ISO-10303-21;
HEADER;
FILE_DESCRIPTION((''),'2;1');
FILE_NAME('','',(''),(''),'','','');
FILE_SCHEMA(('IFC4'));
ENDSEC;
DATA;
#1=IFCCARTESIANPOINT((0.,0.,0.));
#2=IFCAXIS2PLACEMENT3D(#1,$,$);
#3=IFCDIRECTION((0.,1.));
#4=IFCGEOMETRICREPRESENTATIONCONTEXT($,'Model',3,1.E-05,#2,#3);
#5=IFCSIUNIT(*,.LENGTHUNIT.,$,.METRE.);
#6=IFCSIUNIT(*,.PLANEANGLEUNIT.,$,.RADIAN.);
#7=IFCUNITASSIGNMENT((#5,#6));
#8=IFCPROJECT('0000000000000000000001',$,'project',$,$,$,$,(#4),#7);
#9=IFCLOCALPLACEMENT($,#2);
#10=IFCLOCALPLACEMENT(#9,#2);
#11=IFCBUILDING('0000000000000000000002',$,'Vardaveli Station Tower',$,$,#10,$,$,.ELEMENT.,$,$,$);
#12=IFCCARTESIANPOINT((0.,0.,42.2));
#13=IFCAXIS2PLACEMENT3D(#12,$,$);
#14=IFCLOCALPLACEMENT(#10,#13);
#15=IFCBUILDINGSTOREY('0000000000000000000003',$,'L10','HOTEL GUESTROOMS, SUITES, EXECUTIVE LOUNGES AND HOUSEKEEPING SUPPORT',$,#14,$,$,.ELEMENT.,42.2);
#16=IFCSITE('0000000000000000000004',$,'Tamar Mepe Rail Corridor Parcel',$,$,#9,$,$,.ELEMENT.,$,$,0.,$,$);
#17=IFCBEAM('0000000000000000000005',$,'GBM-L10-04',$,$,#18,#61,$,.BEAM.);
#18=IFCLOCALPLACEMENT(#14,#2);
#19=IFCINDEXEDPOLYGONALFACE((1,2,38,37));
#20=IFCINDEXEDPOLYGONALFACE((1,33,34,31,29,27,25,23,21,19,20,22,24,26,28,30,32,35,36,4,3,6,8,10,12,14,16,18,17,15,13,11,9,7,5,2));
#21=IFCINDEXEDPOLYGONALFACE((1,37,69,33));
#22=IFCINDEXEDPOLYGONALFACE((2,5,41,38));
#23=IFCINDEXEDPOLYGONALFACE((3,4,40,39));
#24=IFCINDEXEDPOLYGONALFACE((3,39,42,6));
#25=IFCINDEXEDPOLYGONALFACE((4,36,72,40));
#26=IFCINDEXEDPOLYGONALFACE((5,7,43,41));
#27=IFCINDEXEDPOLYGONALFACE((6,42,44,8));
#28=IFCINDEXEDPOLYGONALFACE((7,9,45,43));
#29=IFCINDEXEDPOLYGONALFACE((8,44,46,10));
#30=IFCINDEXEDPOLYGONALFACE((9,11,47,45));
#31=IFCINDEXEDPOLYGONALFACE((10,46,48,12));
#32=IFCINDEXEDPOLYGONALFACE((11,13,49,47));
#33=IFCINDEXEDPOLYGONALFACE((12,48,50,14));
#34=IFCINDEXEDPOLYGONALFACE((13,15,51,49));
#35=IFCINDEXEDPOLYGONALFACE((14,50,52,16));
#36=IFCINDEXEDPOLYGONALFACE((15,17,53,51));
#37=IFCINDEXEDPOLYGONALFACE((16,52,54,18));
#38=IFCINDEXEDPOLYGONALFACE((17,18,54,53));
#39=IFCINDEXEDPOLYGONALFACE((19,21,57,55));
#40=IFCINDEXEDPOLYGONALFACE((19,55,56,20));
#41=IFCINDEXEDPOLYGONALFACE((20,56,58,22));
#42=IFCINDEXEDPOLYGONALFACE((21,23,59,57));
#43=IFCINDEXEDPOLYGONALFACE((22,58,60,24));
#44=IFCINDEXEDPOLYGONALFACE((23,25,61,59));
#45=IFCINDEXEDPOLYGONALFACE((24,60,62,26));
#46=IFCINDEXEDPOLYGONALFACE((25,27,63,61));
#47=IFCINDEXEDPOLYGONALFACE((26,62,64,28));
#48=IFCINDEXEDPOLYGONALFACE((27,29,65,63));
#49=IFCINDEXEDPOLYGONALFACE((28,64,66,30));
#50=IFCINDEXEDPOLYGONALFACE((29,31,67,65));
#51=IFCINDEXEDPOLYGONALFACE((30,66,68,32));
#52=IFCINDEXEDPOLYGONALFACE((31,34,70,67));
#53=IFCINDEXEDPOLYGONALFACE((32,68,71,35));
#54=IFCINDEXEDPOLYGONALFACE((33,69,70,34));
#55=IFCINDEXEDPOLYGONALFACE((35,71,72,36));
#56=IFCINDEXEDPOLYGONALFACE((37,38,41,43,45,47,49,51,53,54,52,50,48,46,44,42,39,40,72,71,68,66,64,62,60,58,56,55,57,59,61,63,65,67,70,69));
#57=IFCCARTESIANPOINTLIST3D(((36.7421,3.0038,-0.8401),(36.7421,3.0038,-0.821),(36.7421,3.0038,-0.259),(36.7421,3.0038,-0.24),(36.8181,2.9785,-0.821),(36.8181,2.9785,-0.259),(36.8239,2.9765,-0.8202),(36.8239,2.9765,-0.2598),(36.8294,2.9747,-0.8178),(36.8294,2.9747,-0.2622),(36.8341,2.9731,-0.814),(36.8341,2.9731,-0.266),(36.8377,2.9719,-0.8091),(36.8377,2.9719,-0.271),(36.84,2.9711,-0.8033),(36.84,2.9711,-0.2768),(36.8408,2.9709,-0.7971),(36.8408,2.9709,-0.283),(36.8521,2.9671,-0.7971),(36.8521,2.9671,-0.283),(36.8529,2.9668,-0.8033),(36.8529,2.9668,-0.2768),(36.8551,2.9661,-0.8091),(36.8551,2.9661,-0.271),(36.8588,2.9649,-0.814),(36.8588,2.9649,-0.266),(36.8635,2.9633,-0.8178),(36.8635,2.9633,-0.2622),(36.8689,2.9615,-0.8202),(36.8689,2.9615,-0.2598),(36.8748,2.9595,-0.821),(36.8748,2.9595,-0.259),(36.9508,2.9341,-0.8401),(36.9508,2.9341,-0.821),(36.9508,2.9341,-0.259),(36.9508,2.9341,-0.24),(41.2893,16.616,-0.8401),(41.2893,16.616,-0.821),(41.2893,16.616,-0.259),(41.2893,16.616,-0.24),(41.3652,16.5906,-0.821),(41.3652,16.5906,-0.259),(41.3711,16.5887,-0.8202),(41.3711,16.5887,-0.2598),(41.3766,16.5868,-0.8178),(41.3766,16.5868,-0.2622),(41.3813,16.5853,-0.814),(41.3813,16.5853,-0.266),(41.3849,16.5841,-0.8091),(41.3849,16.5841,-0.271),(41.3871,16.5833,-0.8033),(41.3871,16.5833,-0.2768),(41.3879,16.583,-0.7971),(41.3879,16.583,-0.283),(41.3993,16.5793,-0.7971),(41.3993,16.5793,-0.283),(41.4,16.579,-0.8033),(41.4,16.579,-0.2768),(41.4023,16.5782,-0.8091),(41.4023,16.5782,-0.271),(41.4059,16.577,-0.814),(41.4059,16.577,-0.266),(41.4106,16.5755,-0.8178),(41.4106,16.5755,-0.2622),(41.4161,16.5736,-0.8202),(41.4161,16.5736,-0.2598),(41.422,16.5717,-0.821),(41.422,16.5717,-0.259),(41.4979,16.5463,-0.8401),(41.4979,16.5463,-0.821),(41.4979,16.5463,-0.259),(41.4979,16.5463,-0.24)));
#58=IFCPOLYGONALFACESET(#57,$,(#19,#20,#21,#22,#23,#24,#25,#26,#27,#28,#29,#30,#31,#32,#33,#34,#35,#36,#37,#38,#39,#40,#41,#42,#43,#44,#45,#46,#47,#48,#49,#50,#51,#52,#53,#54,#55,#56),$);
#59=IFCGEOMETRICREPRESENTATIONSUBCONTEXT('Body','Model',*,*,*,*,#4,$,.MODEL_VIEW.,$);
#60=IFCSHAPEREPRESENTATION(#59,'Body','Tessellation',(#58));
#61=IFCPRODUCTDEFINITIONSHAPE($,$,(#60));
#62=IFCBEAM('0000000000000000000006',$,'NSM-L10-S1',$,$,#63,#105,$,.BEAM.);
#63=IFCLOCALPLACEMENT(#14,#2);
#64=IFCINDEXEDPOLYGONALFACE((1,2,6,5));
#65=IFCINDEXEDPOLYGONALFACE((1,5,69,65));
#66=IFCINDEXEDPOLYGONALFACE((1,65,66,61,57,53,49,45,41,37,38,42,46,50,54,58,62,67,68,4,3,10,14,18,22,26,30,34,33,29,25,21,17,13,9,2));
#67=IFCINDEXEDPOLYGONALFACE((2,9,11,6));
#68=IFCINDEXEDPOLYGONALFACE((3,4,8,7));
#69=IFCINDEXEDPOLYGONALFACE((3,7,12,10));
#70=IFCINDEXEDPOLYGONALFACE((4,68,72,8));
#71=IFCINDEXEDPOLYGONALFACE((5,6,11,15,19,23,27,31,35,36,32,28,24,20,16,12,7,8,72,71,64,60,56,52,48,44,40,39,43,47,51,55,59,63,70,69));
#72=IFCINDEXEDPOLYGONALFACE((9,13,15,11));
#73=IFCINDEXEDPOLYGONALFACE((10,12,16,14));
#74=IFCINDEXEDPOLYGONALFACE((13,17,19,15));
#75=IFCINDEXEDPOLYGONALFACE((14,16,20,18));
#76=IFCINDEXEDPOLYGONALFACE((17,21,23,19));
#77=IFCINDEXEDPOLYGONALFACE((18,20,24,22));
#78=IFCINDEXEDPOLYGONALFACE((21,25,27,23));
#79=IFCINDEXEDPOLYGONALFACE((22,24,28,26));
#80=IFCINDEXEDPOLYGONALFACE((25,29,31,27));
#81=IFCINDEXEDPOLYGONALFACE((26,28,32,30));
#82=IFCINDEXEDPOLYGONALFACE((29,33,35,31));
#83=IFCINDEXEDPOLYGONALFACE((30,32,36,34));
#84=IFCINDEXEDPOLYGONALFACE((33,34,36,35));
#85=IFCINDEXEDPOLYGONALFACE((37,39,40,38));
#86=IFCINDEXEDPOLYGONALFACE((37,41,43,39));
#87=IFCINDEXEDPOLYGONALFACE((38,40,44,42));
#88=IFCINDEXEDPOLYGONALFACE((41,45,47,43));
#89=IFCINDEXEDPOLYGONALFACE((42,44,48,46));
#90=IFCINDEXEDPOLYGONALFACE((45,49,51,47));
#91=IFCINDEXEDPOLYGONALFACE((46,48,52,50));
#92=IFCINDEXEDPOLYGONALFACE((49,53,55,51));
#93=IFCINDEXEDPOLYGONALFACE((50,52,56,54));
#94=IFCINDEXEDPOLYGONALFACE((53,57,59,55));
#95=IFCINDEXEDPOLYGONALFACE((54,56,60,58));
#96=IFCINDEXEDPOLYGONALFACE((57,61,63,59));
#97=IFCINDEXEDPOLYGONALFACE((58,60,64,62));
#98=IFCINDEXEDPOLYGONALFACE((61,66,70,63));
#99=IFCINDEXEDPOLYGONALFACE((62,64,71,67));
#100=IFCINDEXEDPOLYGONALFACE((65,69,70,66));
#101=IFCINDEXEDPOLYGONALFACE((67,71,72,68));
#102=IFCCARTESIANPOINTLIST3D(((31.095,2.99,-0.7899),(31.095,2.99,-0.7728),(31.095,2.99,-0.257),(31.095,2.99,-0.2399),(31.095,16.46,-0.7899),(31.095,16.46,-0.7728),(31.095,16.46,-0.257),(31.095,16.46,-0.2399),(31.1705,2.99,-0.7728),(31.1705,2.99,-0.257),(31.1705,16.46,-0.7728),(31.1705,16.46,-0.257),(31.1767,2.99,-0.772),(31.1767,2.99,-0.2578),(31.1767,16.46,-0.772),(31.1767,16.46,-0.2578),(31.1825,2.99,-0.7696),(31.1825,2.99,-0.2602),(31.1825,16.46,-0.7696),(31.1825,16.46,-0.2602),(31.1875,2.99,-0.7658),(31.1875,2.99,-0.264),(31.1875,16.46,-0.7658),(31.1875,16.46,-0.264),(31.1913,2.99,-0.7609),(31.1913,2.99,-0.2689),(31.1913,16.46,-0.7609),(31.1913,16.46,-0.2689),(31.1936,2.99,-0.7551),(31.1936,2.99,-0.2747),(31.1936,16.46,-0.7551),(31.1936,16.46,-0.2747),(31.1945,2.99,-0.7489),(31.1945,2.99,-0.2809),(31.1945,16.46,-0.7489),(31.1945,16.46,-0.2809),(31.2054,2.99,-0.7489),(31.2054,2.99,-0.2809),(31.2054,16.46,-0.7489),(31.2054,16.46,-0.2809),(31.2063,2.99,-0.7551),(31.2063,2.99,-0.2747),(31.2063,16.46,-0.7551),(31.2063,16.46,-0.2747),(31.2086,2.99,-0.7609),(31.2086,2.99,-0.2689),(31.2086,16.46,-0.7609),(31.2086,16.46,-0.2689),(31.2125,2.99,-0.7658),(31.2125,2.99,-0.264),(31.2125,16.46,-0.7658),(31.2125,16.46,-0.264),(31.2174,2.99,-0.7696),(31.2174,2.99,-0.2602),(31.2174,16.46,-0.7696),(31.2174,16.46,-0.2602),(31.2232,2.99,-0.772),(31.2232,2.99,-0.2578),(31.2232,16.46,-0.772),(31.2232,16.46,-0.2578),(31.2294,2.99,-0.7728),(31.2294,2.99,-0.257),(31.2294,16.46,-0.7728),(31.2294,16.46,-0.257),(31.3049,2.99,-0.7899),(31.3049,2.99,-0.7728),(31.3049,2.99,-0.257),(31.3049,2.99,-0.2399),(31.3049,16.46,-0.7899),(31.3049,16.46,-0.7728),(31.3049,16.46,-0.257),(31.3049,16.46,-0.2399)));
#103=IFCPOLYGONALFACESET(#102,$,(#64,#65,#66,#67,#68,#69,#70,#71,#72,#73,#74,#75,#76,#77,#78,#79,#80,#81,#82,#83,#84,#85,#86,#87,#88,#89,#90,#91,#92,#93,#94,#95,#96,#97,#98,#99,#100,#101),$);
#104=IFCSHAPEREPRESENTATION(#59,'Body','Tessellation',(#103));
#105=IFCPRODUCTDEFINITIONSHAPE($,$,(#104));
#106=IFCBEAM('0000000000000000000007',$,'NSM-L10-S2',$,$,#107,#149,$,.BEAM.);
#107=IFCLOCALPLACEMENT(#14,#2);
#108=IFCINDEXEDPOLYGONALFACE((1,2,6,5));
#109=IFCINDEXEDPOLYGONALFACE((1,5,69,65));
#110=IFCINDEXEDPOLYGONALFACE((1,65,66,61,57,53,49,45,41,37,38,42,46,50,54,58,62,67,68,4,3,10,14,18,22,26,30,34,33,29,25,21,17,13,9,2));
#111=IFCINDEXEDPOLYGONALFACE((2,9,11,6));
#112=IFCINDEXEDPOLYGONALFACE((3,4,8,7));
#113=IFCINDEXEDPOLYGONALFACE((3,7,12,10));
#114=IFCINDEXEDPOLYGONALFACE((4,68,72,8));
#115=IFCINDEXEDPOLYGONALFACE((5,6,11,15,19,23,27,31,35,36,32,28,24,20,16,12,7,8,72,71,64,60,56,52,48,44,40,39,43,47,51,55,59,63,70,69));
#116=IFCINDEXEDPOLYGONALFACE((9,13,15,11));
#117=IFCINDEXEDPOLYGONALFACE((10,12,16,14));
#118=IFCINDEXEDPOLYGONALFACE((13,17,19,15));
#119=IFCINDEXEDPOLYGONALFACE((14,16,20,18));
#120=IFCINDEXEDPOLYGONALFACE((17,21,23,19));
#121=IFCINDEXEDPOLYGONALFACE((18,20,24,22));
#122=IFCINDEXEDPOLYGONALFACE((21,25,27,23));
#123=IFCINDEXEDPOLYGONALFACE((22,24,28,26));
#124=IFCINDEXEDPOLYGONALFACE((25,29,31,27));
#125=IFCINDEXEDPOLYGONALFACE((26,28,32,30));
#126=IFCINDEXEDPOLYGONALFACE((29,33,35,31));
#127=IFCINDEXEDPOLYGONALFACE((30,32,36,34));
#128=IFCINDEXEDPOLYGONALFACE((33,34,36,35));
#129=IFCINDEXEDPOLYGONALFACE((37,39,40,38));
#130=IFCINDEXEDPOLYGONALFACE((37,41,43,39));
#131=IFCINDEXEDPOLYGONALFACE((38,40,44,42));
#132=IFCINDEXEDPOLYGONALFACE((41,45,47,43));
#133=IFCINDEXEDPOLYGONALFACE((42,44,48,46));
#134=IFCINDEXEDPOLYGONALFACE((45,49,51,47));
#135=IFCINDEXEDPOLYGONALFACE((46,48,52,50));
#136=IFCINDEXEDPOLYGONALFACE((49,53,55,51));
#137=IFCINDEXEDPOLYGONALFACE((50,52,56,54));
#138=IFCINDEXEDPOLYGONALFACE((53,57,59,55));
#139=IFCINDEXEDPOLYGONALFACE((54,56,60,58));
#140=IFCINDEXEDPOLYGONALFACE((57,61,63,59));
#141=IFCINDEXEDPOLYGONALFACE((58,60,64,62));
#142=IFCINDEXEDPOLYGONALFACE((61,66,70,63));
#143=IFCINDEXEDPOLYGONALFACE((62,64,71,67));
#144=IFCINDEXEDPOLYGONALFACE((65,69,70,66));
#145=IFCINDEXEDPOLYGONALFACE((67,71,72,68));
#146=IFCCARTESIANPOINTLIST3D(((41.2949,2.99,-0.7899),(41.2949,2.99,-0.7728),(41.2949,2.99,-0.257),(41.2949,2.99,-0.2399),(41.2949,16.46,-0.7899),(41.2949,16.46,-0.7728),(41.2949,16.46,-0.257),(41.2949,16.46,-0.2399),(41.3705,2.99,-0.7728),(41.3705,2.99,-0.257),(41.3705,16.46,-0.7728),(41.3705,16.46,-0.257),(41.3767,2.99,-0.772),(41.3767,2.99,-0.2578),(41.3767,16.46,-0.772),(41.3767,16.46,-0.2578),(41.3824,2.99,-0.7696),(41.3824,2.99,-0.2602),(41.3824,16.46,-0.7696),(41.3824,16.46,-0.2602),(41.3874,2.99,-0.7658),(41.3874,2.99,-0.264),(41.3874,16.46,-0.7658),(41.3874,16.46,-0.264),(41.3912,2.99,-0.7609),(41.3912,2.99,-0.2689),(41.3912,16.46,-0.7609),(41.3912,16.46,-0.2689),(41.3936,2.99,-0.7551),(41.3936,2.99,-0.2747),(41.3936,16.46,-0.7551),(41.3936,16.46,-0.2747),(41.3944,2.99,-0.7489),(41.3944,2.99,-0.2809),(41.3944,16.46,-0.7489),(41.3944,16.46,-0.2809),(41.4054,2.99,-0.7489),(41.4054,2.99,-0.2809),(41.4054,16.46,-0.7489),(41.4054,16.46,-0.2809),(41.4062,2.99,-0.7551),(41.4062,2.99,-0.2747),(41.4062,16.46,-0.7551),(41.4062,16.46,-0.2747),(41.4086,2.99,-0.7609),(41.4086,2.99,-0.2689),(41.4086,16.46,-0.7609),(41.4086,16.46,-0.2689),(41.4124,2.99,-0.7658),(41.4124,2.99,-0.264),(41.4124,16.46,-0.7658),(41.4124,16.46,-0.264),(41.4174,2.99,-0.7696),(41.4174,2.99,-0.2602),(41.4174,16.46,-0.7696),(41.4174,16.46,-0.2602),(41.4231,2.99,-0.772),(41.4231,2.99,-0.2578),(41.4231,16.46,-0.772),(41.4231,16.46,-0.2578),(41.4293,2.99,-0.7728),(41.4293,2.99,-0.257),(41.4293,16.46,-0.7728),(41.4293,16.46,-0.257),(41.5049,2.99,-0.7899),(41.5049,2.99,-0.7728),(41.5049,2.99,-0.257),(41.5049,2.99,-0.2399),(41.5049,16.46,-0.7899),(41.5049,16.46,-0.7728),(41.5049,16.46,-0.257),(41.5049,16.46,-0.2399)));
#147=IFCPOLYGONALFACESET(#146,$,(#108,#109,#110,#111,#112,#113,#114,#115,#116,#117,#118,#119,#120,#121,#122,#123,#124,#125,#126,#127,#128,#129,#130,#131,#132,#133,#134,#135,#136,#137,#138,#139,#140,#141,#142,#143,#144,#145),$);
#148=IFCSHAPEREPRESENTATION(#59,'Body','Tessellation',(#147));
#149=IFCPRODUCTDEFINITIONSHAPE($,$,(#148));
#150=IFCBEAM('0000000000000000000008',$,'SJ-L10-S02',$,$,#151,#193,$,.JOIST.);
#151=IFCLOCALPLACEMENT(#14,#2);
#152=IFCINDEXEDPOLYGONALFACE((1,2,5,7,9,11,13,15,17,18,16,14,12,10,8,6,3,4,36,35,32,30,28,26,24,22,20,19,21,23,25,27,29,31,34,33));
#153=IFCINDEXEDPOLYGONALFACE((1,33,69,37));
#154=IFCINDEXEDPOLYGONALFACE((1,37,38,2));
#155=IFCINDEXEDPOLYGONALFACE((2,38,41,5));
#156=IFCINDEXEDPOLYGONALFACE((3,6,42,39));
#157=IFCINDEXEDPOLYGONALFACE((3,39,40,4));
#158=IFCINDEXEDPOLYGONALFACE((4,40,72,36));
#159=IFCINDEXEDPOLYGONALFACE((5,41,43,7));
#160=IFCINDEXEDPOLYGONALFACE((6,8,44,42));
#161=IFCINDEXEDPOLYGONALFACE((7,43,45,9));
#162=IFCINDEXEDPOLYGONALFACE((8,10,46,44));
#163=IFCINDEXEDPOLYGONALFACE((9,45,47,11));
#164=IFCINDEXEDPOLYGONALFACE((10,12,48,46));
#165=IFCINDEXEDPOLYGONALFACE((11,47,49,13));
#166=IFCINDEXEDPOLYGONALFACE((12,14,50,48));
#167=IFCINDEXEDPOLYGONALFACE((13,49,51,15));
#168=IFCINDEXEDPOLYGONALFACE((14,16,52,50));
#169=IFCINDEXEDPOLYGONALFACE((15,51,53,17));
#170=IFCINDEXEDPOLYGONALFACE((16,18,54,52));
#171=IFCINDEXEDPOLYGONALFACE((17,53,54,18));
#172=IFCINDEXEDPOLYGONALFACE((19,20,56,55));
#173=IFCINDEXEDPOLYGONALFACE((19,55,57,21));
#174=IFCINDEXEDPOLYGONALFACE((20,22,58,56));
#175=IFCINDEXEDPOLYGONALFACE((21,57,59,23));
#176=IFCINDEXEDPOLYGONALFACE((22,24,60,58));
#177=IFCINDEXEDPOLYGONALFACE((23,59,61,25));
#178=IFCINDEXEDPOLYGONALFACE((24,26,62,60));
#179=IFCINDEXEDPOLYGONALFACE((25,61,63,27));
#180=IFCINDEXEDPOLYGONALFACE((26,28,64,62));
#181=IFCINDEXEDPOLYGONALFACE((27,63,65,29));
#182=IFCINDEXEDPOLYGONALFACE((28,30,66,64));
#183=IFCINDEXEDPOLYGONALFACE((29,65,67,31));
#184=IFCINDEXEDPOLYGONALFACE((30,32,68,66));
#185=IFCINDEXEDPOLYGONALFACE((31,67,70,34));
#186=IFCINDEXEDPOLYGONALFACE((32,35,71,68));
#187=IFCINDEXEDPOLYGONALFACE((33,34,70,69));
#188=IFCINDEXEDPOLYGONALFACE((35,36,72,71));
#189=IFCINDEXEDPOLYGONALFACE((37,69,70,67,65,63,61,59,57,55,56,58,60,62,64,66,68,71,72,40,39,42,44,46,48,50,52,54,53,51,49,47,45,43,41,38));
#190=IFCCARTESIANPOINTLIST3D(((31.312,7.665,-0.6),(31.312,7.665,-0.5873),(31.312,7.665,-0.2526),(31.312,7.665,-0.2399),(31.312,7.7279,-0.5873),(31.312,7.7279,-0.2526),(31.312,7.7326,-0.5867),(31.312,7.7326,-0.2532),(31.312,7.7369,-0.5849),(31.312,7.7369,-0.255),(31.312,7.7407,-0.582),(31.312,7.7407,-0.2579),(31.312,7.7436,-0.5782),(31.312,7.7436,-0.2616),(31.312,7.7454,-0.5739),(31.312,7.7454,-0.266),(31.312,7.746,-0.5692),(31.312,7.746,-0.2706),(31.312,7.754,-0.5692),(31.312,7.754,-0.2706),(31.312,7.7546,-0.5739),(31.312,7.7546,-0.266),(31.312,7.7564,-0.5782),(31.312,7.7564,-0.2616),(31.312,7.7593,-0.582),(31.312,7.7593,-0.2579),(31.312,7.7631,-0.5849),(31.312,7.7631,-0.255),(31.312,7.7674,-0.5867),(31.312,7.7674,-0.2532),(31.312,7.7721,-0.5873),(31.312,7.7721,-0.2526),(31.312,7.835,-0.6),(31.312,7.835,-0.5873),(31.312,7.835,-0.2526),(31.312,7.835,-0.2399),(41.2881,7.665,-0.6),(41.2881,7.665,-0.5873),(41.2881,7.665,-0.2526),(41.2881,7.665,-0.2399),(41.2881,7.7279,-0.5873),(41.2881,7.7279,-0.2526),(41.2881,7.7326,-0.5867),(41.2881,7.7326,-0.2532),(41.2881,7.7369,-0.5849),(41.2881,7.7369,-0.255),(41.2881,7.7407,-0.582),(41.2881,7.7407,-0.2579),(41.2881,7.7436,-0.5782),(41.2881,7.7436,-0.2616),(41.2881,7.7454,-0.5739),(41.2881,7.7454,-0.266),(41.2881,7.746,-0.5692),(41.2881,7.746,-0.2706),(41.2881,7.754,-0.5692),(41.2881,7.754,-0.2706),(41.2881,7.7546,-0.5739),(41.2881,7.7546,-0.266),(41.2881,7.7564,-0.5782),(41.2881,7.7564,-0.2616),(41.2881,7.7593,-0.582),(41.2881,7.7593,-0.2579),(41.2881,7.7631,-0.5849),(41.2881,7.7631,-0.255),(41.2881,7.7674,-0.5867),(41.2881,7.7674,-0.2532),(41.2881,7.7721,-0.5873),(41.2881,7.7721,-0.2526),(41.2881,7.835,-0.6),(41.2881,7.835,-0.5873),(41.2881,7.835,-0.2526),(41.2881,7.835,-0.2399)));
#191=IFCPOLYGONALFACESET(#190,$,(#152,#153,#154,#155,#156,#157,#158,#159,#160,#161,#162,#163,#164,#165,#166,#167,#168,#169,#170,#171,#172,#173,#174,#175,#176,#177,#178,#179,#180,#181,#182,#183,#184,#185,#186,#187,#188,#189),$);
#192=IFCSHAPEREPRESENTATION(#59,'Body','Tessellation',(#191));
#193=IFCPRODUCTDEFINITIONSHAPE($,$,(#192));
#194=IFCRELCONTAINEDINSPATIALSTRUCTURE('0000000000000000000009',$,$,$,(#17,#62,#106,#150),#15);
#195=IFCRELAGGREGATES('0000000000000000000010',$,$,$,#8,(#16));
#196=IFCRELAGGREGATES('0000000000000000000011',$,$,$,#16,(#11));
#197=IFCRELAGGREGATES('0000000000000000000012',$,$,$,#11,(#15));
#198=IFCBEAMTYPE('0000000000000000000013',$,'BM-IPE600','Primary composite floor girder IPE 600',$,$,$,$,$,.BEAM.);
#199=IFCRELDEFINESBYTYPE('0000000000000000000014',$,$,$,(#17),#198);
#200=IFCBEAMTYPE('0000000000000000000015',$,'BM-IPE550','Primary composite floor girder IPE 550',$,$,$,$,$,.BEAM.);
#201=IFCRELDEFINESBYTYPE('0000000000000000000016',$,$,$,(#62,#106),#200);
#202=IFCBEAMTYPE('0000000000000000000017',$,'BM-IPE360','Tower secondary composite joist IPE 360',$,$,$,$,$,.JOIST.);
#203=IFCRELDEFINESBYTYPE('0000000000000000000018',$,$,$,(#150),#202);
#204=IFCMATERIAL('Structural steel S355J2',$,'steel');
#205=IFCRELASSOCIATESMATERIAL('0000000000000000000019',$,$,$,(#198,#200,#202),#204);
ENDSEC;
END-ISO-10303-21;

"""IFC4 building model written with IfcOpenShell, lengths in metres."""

from ifc_helpers import new_model, si_unit, direction, frame, origin, origin_2d, place, context, subcontext, project, spatial, i_section, extrude, source, transform, mapped, material, material_profile, profile_set, type_object, element, save


model = new_model("IFC4")

# Units and contexts
model_context = context("Model", 3, precision=1e-05, world=origin(), true_north=direction((0.0, 1.0)))
body_context = subcontext(model_context, "Body", "Model", "MODEL_VIEW")
ifc_project = project(units=[si_unit("LENGTHUNIT", "METRE"), si_unit("PLANEANGLEUNIT", "RADIAN")], contexts=[model_context])

# Site, building, storey
site_placement = place(None, origin())
site = spatial("IfcSite", under=ifc_project, at=site_placement, Name="Tamar Mepe Rail Corridor Parcel", CompositionType="ELEMENT", RefElevation=0.0)
building_placement = place(site_placement, origin())
building = spatial("IfcBuilding", under=site, at=building_placement, Name="Vardaveli Station Tower", CompositionType="ELEMENT")
storey_placement = place(building_placement, frame((0.0, 0.0, 42.2)))
storey = spatial("IfcBuildingStorey", under=building, at=storey_placement, Name="L10", Description="HOTEL GUESTROOMS, SUITES, EXECUTIVE LOUNGES AND HOUSEKEEPING SUPPORT", CompositionType="ELEMENT", Elevation=42.2)

# Beams
ifc_material_1 = material(Name="Structural steel S355J2", Category="steel")
ifc_material_profile_1 = material_profile(ifc_material_1, i_section(OverallWidth=0.22, OverallDepth=0.6001, WebThickness=0.012, FlangeThickness=0.019, FilletRadius=0.0239, at=origin_2d()), Name="IPE 600")
ifc_profile_set_1 = profile_set([ifc_material_profile_1], Name="Structural steel S355J2")
beam_type_1 = type_object("IfcBeamType", Name="BM-IPE600", Description="Primary composite floor girder IPE 600", PredefinedType="BEAM", material=ifc_profile_set_1)
shared_shape_1 = source(origin(), body_context, "Body", "SweptSolid", [
    extrude(i_section(OverallWidth=0.22, OverallDepth=0.6001, WebThickness=0.012, FlangeThickness=0.019, FilletRadius=0.0239, at=origin_2d()), origin(), (0.0, 0.0, 1.0), 14.3516),
])
beam_1_placement = place(storey_placement, frame((36.8464, 2.969, -0.54), z_axis=(0.31684, 0.948479, 0.0), x_axis=(-0.948479, 0.31684, 0.0)))
element("IfcBeam", 1, at=beam_1_placement, inside=storey, type_object=beam_type_1, Name="GBM-L10-04", PredefinedType="BEAM", context=body_context, shape_type="MappedRepresentation", body=[
    mapped(shared_shape_1, transform((0.0, 0.0, 0.0), scale=1.0)),
])
ifc_material_profile_2 = material_profile(ifc_material_1, i_section(OverallWidth=0.21, OverallDepth=0.55, WebThickness=0.011, FlangeThickness=0.0171, FilletRadius=0.0239, at=origin_2d()), Name="IPE 550")
ifc_profile_set_2 = profile_set([ifc_material_profile_2], Name="Structural steel S355J2")
beam_type_2 = type_object("IfcBeamType", Name="BM-IPE550", Description="Primary composite floor girder IPE 550", PredefinedType="BEAM", material=ifc_profile_set_2)
shared_shape_2 = source(origin(), body_context, "Body", "SweptSolid", [
    extrude(i_section(OverallWidth=0.21, OverallDepth=0.55, WebThickness=0.011, FlangeThickness=0.0171, FilletRadius=0.0239, at=origin_2d()), origin(), (0.0, 0.0, 1.0), 13.47),
])
for number, where, z_axis, x_axis, name in (
    (2, (31.2, 2.99, -0.5149), (0.0, 1.0, 0.0), (-1.0, 0.0, 0.0), "NSM-L10-S1"),
    (3, (41.3999, 2.99, -0.5149), (0.0, 1.0, 0.0), (-1.0, 0.0, 0.0), "NSM-L10-S2"),
):
    element("IfcBeam", number, at=place(storey_placement, frame(where, z_axis=z_axis, x_axis=x_axis)), inside=storey, type_object=beam_type_2, Name=name, PredefinedType="BEAM", context=body_context, shape_type="MappedRepresentation", body=[
        mapped(shared_shape_2, transform((0.0, 0.0, 0.0), scale=1.0)),
    ])
ifc_material_profile_3 = material_profile(ifc_material_1, i_section(OverallWidth=0.1699, OverallDepth=0.3601, WebThickness=0.0081, FlangeThickness=0.0127, FilletRadius=0.0181, at=origin_2d()), Name="IPE 360")
ifc_profile_set_3 = profile_set([ifc_material_profile_3], Name="Structural steel S355J2")
beam_type_3 = type_object("IfcBeamType", Name="BM-IPE360", Description="Tower secondary composite joist IPE 360", PredefinedType="JOIST", material=ifc_profile_set_3)
shared_shape_3 = source(origin(), body_context, "Body", "SweptSolid", [
    extrude(i_section(OverallWidth=0.1699, OverallDepth=0.3601, WebThickness=0.0081, FlangeThickness=0.0127, FilletRadius=0.0181, at=origin_2d()), origin(), (0.0, 0.0, 1.0), 9.9761),
])
for number, where, z_axis, x_axis, name in (
    (4, (31.312, 7.75, -0.4199), (1.0, 0.0, 0.0), (0.0, 1.0, 0.0), "SJ-L10-S02"),
):
    element("IfcBeam", number, at=place(storey_placement, frame(where, z_axis=z_axis, x_axis=x_axis)), inside=storey, type_object=beam_type_3, Name=name, PredefinedType="JOIST", context=body_context, shape_type="MappedRepresentation", body=[
        mapped(shared_shape_3, transform((0.0, 0.0, 0.0), scale=1.0)),
    ])

save(model, "model.ifc")
